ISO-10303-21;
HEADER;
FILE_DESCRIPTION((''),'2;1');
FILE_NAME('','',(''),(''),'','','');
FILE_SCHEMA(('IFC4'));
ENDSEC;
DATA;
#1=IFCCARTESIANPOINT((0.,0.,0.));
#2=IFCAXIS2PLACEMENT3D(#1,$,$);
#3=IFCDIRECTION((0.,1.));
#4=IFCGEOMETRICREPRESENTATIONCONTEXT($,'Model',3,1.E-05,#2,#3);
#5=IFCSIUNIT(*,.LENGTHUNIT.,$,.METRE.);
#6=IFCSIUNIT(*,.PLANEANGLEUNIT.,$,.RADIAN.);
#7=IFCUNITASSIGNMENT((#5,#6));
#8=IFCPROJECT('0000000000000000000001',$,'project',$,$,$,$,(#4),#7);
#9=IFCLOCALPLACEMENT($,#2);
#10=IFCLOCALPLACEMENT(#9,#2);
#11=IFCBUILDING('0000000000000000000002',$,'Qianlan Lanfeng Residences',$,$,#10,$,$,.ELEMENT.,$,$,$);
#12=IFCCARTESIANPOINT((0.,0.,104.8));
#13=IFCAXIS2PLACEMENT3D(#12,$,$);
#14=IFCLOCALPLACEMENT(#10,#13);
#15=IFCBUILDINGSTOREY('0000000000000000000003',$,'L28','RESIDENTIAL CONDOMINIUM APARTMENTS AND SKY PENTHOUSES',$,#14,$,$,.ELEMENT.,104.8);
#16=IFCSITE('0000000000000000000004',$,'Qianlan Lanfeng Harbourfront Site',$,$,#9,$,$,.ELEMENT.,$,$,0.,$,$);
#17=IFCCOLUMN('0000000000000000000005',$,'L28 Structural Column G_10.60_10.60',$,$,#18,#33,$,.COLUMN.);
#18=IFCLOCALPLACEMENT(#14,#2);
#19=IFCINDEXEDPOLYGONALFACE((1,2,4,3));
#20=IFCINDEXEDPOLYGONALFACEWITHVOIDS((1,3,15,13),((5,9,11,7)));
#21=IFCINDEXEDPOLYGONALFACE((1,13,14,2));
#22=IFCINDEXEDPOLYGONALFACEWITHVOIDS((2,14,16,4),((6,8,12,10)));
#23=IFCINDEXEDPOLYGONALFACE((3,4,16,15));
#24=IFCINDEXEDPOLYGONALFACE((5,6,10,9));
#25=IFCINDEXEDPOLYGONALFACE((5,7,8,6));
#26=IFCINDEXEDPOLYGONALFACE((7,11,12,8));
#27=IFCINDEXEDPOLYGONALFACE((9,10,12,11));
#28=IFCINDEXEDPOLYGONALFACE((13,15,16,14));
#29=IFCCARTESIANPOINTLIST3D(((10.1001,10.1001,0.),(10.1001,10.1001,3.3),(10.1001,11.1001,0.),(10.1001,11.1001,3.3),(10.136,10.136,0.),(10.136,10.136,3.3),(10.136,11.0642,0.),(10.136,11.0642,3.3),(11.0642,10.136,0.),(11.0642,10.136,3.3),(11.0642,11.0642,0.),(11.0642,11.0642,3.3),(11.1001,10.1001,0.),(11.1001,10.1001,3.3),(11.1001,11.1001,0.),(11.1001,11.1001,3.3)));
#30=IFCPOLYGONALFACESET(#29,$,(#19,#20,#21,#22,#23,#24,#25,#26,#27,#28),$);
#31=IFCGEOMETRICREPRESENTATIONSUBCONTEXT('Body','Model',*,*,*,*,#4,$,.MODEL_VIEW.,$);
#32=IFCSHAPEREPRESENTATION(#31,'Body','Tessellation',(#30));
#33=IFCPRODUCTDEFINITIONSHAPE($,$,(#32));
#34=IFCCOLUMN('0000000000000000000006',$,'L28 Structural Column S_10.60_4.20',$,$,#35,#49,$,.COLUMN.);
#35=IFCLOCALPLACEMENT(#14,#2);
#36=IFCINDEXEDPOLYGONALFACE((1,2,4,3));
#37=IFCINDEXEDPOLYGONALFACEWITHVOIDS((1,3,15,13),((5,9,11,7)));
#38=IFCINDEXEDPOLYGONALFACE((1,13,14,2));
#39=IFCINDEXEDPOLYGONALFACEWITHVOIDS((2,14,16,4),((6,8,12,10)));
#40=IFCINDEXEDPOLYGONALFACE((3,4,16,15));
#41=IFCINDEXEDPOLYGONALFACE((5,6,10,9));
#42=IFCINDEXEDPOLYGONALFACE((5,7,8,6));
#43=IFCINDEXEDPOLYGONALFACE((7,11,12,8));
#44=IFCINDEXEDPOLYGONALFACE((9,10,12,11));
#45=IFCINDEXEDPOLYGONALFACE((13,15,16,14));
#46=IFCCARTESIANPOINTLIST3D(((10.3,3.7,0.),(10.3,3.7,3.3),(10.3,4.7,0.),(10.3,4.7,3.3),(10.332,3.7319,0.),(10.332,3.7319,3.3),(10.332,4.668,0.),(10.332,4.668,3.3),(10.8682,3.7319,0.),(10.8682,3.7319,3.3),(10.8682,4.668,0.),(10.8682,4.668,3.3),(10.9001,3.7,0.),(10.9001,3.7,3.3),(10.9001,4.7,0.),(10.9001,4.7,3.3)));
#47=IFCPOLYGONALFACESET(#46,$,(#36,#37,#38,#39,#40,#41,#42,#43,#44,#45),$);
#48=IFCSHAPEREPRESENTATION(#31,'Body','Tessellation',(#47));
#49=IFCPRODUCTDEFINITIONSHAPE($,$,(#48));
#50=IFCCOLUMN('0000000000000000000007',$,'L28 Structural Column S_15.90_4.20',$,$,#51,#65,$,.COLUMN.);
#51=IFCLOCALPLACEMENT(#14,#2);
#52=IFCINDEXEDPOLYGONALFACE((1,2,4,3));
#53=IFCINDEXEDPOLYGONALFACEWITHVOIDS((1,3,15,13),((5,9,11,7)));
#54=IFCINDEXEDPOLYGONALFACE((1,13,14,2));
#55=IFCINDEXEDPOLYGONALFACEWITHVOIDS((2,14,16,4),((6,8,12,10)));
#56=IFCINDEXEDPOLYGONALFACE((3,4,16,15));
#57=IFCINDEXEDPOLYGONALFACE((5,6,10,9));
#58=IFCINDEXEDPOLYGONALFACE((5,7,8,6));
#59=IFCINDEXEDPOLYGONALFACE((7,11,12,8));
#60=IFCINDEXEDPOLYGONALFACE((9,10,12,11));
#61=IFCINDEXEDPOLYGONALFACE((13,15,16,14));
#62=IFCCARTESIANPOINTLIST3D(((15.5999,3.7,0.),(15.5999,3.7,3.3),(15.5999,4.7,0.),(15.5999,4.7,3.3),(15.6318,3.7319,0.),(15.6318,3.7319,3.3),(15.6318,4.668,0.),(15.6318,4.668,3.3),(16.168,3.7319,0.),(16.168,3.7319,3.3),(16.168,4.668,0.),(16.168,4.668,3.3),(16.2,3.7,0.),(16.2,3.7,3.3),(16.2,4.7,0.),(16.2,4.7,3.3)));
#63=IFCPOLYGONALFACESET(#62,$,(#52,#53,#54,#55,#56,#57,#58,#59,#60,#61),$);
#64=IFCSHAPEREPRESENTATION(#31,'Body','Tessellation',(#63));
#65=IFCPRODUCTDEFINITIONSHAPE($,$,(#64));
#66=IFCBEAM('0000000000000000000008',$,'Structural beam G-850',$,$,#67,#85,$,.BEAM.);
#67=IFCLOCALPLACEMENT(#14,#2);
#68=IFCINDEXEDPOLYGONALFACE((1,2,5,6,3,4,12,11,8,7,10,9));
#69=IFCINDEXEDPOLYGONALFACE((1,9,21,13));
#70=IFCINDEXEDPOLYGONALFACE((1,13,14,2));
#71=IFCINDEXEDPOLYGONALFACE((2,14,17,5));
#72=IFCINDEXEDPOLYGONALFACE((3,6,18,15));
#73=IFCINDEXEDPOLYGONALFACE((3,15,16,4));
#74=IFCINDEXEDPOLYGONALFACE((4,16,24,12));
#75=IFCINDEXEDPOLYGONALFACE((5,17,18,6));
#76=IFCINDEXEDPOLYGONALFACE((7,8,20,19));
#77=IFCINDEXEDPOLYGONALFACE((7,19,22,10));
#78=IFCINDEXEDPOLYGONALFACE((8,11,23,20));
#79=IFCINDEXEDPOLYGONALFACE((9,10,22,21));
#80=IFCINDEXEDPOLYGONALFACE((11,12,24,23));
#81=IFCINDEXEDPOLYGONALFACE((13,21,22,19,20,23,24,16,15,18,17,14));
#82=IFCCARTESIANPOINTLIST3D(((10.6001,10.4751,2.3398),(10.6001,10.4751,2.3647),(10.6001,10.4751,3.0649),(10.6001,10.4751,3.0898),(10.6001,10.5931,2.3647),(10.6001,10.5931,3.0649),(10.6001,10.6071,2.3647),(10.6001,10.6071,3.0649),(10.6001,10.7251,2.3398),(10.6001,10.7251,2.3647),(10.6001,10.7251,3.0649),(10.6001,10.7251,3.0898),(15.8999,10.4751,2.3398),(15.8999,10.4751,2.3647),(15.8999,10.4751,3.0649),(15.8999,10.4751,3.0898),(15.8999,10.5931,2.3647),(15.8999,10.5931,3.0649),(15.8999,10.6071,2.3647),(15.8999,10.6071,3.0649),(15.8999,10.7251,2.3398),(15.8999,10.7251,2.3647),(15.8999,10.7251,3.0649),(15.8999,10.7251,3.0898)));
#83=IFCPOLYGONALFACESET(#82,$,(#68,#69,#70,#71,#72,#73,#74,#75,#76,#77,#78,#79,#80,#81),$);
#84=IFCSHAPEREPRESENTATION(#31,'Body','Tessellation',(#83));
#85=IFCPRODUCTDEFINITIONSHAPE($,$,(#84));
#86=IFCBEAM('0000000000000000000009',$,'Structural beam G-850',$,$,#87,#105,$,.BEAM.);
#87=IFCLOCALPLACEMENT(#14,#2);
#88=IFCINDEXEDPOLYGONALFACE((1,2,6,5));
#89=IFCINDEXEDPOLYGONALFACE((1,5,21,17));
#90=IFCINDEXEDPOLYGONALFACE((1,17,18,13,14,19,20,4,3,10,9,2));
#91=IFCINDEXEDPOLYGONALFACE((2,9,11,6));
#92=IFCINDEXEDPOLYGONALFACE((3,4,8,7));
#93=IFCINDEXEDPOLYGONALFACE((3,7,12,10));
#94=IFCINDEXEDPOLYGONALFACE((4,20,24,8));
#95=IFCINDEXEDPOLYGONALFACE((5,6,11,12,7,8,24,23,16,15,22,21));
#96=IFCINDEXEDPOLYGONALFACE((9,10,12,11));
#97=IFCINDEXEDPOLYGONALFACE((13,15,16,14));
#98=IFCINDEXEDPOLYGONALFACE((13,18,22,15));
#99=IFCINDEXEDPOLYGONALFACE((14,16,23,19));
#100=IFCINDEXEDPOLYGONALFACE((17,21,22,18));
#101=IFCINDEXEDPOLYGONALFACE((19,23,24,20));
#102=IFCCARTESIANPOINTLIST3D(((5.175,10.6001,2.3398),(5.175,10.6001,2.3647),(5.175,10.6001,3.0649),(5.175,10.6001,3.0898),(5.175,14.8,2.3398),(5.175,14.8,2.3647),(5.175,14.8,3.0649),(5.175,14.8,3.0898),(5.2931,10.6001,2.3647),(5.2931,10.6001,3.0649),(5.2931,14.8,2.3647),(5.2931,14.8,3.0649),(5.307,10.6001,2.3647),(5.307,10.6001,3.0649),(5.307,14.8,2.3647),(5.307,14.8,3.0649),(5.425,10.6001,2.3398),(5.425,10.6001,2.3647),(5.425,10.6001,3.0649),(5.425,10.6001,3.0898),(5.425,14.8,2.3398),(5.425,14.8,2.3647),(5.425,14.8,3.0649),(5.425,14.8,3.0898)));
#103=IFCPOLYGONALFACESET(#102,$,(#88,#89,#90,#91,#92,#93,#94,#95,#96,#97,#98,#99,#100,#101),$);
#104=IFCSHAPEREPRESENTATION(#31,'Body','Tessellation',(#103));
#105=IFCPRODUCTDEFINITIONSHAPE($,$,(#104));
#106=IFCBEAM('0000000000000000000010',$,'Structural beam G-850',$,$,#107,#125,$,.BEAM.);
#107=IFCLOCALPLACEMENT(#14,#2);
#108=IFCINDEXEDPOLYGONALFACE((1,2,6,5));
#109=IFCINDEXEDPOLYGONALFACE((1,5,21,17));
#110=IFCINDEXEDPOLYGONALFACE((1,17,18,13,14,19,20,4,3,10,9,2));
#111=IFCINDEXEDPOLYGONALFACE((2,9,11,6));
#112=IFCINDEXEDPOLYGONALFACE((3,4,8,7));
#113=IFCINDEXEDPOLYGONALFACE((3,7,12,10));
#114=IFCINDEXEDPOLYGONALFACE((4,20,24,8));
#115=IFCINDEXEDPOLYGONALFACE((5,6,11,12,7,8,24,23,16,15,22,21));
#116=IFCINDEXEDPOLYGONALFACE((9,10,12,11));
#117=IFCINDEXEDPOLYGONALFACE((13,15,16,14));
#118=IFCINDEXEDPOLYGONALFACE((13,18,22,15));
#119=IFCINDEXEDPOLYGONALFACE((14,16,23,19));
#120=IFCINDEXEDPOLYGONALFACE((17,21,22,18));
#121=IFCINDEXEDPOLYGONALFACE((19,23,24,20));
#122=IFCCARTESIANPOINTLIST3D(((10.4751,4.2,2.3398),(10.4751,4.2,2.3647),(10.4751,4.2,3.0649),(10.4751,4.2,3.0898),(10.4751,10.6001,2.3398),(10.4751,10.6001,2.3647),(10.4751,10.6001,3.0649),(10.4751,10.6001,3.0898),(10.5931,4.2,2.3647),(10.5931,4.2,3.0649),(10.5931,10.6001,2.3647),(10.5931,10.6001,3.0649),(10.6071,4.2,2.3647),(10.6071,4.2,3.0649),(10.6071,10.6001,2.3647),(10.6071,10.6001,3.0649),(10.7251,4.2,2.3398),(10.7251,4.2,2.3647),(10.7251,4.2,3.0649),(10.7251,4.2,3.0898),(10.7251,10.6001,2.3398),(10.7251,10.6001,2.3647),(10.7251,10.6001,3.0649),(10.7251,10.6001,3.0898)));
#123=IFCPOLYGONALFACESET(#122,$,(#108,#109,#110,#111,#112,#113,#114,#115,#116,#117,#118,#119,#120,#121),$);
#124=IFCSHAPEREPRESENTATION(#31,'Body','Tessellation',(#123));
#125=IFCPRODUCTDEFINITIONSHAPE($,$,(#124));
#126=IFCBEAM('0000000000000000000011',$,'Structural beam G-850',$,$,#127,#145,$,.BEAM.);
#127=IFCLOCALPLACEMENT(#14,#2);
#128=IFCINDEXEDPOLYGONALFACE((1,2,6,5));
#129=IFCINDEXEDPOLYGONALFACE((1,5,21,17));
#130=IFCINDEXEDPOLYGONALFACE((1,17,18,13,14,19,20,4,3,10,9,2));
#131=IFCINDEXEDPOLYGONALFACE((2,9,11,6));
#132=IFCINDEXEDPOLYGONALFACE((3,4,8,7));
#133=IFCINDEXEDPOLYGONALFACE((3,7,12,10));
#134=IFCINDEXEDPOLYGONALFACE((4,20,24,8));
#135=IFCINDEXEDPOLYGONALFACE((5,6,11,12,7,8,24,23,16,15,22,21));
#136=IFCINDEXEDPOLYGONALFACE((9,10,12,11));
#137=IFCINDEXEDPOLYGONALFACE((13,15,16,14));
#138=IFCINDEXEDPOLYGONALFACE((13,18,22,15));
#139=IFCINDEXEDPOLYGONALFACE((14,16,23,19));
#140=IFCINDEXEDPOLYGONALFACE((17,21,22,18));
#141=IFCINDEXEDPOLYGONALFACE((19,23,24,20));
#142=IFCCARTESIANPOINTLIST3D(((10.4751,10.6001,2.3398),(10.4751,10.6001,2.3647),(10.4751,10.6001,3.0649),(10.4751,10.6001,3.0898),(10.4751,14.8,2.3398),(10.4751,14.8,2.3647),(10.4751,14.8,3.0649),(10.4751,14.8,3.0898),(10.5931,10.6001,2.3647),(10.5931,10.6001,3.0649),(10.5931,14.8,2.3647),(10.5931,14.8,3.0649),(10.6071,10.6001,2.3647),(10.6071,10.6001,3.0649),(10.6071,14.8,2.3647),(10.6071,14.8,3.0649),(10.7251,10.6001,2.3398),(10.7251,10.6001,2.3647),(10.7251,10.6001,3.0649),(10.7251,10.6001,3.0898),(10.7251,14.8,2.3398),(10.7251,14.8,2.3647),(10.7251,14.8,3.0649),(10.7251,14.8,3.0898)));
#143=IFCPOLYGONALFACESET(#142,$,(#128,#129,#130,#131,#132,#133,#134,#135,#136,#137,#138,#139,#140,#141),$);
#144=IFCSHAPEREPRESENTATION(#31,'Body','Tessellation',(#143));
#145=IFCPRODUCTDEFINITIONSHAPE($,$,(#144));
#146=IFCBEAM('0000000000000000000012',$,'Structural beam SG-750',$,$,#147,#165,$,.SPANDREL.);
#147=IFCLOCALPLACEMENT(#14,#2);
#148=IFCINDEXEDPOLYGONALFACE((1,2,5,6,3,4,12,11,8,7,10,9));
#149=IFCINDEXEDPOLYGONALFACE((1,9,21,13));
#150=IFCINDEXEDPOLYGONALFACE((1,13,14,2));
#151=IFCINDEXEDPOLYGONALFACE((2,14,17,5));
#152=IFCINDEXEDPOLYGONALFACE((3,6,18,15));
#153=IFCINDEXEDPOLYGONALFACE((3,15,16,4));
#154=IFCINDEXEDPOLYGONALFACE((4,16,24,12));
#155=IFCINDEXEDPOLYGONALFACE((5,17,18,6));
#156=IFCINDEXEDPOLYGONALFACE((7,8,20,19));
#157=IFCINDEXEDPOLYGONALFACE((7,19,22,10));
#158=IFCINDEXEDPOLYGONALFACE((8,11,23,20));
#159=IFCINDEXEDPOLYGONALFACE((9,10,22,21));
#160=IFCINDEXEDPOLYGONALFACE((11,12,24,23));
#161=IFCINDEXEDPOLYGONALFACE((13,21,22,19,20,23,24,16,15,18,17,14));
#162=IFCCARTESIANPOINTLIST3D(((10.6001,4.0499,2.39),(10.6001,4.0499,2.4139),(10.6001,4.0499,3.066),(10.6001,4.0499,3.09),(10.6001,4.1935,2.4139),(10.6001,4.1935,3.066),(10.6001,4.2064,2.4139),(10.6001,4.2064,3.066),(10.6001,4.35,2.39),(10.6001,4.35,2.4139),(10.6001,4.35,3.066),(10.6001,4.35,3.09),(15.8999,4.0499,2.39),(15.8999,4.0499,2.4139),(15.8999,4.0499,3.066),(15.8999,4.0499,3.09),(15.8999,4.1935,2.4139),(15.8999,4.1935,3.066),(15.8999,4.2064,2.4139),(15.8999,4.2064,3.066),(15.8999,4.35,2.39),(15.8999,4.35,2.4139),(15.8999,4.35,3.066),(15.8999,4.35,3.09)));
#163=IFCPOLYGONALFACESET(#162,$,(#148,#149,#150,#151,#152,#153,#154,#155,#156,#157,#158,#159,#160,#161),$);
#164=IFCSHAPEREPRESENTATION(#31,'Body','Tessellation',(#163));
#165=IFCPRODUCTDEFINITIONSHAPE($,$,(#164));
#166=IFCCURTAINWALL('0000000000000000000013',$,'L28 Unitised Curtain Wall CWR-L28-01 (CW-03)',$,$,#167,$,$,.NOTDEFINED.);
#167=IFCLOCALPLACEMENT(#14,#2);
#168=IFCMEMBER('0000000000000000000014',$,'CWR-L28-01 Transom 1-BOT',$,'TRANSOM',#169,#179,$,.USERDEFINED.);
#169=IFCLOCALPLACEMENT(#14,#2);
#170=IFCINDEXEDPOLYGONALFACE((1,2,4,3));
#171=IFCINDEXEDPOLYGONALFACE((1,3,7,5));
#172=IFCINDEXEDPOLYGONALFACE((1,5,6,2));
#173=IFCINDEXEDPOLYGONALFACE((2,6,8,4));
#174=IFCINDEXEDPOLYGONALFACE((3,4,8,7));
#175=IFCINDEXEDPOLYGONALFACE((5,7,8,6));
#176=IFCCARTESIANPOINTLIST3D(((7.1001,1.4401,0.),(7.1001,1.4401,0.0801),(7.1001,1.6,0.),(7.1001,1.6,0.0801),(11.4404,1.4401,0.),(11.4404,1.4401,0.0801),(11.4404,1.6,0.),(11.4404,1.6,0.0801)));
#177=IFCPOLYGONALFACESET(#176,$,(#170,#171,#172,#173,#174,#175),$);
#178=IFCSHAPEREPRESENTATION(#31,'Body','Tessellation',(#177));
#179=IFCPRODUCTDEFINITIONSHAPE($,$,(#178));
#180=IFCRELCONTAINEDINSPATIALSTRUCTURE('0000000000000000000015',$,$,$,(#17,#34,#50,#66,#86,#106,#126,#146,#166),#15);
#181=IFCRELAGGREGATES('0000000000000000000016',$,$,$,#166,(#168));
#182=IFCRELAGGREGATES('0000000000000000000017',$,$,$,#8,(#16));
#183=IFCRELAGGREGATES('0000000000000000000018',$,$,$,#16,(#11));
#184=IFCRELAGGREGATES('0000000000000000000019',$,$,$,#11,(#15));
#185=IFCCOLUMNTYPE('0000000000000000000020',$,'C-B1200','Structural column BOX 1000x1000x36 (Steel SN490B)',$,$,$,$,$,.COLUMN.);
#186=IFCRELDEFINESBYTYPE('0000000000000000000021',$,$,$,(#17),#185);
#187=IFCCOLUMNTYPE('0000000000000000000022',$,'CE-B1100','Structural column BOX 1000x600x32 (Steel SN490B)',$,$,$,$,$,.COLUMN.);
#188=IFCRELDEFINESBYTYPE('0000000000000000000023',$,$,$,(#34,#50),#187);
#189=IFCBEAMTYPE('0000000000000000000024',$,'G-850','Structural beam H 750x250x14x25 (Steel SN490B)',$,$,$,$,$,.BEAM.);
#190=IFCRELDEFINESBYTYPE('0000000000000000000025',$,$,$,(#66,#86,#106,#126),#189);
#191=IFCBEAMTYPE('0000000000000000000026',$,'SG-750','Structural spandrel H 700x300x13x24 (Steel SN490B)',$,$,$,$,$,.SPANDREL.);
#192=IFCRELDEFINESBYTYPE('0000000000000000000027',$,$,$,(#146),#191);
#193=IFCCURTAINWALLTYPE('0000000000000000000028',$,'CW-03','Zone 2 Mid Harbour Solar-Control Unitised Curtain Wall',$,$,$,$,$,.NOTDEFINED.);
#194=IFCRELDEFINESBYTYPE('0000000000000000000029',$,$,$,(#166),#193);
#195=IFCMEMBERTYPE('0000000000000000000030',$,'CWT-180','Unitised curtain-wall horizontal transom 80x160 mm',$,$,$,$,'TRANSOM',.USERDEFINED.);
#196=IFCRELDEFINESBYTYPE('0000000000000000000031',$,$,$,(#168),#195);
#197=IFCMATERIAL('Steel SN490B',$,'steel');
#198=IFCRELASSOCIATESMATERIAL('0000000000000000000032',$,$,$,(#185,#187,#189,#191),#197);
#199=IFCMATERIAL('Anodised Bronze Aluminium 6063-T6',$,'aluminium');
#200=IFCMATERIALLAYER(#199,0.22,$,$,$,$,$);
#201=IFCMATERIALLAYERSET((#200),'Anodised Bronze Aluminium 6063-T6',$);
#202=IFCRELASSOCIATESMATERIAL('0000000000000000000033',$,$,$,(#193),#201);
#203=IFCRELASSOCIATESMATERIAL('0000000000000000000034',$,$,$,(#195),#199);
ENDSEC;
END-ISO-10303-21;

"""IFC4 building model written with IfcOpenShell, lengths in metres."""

from ifc_helpers import new_model, si_unit, direction, frame, origin, origin_2d, place, context, subcontext, project, spatial, rectangle, hollow_rectangle, i_section, extrude, source, transform, mapped, material, layer, layer_set, material_profile, profile_set, type_object, element, aggregate, save


model = new_model("IFC4")

# Units and contexts
model_context = context("Model", 3, precision=1e-05, world=origin(), true_north=direction((0.0, 1.0)))
body_context = subcontext(model_context, "Body", "Model", "MODEL_VIEW")
ifc_project = project(units=[si_unit("LENGTHUNIT", "METRE"), si_unit("PLANEANGLEUNIT", "RADIAN")], contexts=[model_context])

# Site, building, storey
site_placement = place(None, origin())
site = spatial("IfcSite", under=ifc_project, at=site_placement, Name="Qianlan Lanfeng Harbourfront Site", CompositionType="ELEMENT", RefElevation=0.0)
building_placement = place(site_placement, origin())
building = spatial("IfcBuilding", under=site, at=building_placement, Name="Qianlan Lanfeng Residences", CompositionType="ELEMENT")
storey_placement = place(building_placement, frame((0.0, 0.0, 104.8)))
storey = spatial("IfcBuildingStorey", under=building, at=storey_placement, Name="L28", Description="RESIDENTIAL CONDOMINIUM APARTMENTS AND SKY PENTHOUSES", CompositionType="ELEMENT", Elevation=104.8)

# Columns
ifc_material_1 = material(Name="Steel SN490B", Category="steel")
ifc_material_profile_1 = material_profile(ifc_material_1, hollow_rectangle(XDim=1.0, YDim=1.0, WallThickness=0.0359, at=origin_2d()), Name="BOX 1000x1000x36")
ifc_profile_set_1 = profile_set([ifc_material_profile_1], Name="Steel SN490B")
column_type_1 = type_object("IfcColumnType", Name="C-B1200", Description="Structural column BOX 1000x1000x36 (Steel SN490B)", PredefinedType="COLUMN", material=ifc_profile_set_1)
column_placement = place(storey_placement, frame((10.6001, 10.6001, 0.0), z_axis=(0.0, 0.0, 1.0), x_axis=(1.0, 0.0, 0.0)))
element("IfcColumn", 1, at=column_placement, inside=storey, type_object=column_type_1, Name="L28 Structural Column G_10.60_10.60", PredefinedType="COLUMN", context=body_context, shape_type="SweptSolid", body=[
    extrude(hollow_rectangle(XDim=1.0, YDim=1.0, WallThickness=0.0359, at=origin_2d()), origin(), (0.0, 0.0, 1.0), 3.3),
])
ifc_material_profile_2 = material_profile(ifc_material_1, hollow_rectangle(XDim=0.6001, YDim=1.0, WallThickness=0.032, at=origin_2d()), Name="BOX 1000x600x32")
ifc_profile_set_2 = profile_set([ifc_material_profile_2], Name="Steel SN490B")
column_type_2 = type_object("IfcColumnType", Name="CE-B1100", Description="Structural column BOX 1000x600x32 (Steel SN490B)", PredefinedType="COLUMN", material=ifc_profile_set_2)
for number, where, z_axis, x_axis, name in (
    (2, (10.6001, 4.2, 0.0), (0.0, 0.0, 1.0), (1.0, 0.0, 0.0), "L28 Structural Column S_10.60_4.20"),
    (3, (15.8999, 4.2, 0.0), (0.0, 0.0, 1.0), (1.0, 0.0, 0.0), "L28 Structural Column S_15.90_4.20"),
):
    element("IfcColumn", number, at=place(storey_placement, frame(where, z_axis=z_axis, x_axis=x_axis)), inside=storey, type_object=column_type_2, Name=name, PredefinedType="COLUMN", context=body_context, shape_type="SweptSolid", body=[
        extrude(hollow_rectangle(XDim=0.6001, YDim=1.0, WallThickness=0.032, at=origin_2d()), origin(), (0.0, 0.0, 1.0), 3.3),
    ])

# Beams
ifc_material_profile_3 = material_profile(ifc_material_1, i_section(OverallWidth=0.25, OverallDepth=0.75, WebThickness=0.0139, FlangeThickness=0.0249, at=origin_2d()), Name="H 750x250x14x25")
ifc_profile_set_3 = profile_set([ifc_material_profile_3], Name="Steel SN490B")
beam_type_1 = type_object("IfcBeamType", Name="G-850", Description="Structural beam H 750x250x14x25 (Steel SN490B)", PredefinedType="BEAM", material=ifc_profile_set_3)
beam_1_placement = place(storey_placement, frame((10.6001, 10.6001, 2.7148), z_axis=(1.0, 0.0, 0.0), x_axis=(0.0, 1.0, 0.0)))
element("IfcBeam", 4, at=beam_1_placement, inside=storey, type_object=beam_type_1, Name="Structural beam G-850", PredefinedType="BEAM", context=body_context, shape_type="SweptSolid", body=[
    extrude(i_section(OverallWidth=0.25, OverallDepth=0.75, WebThickness=0.0139, FlangeThickness=0.0249, at=origin_2d()), origin(), (0.0, 0.0, 1.0), 5.2998),
])
beam_2_placement = place(storey_placement, frame((5.3, 10.6001, 2.7148), z_axis=(0.0, 1.0, 0.0), x_axis=(-1.0, 0.0, 0.0)))
element("IfcBeam", 5, at=beam_2_placement, inside=storey, type_object=beam_type_1, Name="Structural beam G-850", PredefinedType="BEAM", context=body_context, shape_type="SweptSolid", body=[
    extrude(i_section(OverallWidth=0.25, OverallDepth=0.75, WebThickness=0.0139, FlangeThickness=0.0249, at=origin_2d()), origin(), (0.0, 0.0, 1.0), 4.2),
])
beam_3_placement = place(storey_placement, frame((10.6001, 4.2, 2.7148), z_axis=(0.0, 1.0, 0.0), x_axis=(-1.0, 0.0, 0.0)))
element("IfcBeam", 6, at=beam_3_placement, inside=storey, type_object=beam_type_1, Name="Structural beam G-850", PredefinedType="BEAM", context=body_context, shape_type="SweptSolid", body=[
    extrude(i_section(OverallWidth=0.25, OverallDepth=0.75, WebThickness=0.0139, FlangeThickness=0.0249, at=origin_2d()), origin(), (0.0, 0.0, 1.0), 6.4001),
])
beam_4_placement = place(storey_placement, frame((10.6001, 10.6001, 2.7148), z_axis=(0.0, 1.0, 0.0), x_axis=(-1.0, 0.0, 0.0)))
element("IfcBeam", 7, at=beam_4_placement, inside=storey, type_object=beam_type_1, Name="Structural beam G-850", PredefinedType="BEAM", context=body_context, shape_type="SweptSolid", body=[
    extrude(i_section(OverallWidth=0.25, OverallDepth=0.75, WebThickness=0.0139, FlangeThickness=0.0249, at=origin_2d()), origin(), (0.0, 0.0, 1.0), 4.2),
])
ifc_material_profile_4 = material_profile(ifc_material_1, i_section(OverallWidth=0.3, OverallDepth=0.7, WebThickness=0.0129, FlangeThickness=0.0239, at=origin_2d()), Name="H 700x300x13x24")
ifc_profile_set_4 = profile_set([ifc_material_profile_4], Name="Steel SN490B")
beam_type_2 = type_object("IfcBeamType", Name="SG-750", Description="Structural spandrel H 700x300x13x24 (Steel SN490B)", PredefinedType="SPANDREL", material=ifc_profile_set_4)
beam_5_placement = place(storey_placement, frame((10.6001, 4.2, 2.74), z_axis=(1.0, 0.0, 0.0), x_axis=(0.0, 1.0, 0.0)))
element("IfcBeam", 8, at=beam_5_placement, inside=storey, type_object=beam_type_2, Name="Structural beam SG-750", PredefinedType="SPANDREL", context=body_context, shape_type="SweptSolid", body=[
    extrude(i_section(OverallWidth=0.3, OverallDepth=0.7, WebThickness=0.0129, FlangeThickness=0.0239, at=origin_2d()), origin(), (0.0, 0.0, 1.0), 5.2998),
])

# Curtain wall, member
ifc_material_2 = material(Name="Anodised Bronze Aluminium 6063-T6", Category="aluminium")
ifc_layer_1 = layer(ifc_material_2, 0.22)
ifc_layer_set_1 = layer_set([ifc_layer_1], Name="Anodised Bronze Aluminium 6063-T6")
curtain_wall_type = type_object("IfcCurtainWallType", Name="CW-03", Description="Zone 2 Mid Harbour Solar-Control Unitised Curtain Wall", PredefinedType="NOTDEFINED", material=ifc_layer_set_1)
curtain_wall_placement = place(storey_placement, origin())
curtain_wall = element("IfcCurtainWall", 9, at=curtain_wall_placement, inside=storey, type_object=curtain_wall_type, Name="L28 Unitised Curtain Wall CWR-L28-01 (CW-03)", PredefinedType="NOTDEFINED")
ifc_material_profile_5 = material_profile(ifc_material_2, rectangle(XDim=0.0801, YDim=0.1599, at=origin_2d()), Name="ALU TRANSOM 80x160")
ifc_profile_set_5 = profile_set([ifc_material_profile_5], Name="Anodised Bronze Aluminium 6063-T6")
member_type_1 = type_object("IfcMemberType", Name="CWT-180", Description="Unitised curtain-wall horizontal transom 80x160 mm", ElementType="TRANSOM", PredefinedType="USERDEFINED", material=ifc_profile_set_5)
shared_shape_1 = source(origin(), body_context, "Body", "SweptSolid", [
    extrude(rectangle(XDim=0.0801, YDim=0.1599, at=origin_2d()), origin(), (0.0, 0.0, 1.0), 4.3403),
])
member_1_placement = place(storey_placement, frame((7.1001, 1.52, 0.04), z_axis=(1.0, 0.0, 0.0), x_axis=(0.0, 0.0, 1.0)))
member_1 = element("IfcMember", 10, at=member_1_placement, type_object=member_type_1, Name="CWR-L28-01 Transom 1-BOT", ObjectType="TRANSOM", PredefinedType="USERDEFINED", context=body_context, shape_type="MappedRepresentation", body=[
    mapped(shared_shape_1, transform((0.0, 0.0, 0.0), scale=1.0)),
])
aggregate(curtain_wall, [member_1])

save(model, "model.ifc")
